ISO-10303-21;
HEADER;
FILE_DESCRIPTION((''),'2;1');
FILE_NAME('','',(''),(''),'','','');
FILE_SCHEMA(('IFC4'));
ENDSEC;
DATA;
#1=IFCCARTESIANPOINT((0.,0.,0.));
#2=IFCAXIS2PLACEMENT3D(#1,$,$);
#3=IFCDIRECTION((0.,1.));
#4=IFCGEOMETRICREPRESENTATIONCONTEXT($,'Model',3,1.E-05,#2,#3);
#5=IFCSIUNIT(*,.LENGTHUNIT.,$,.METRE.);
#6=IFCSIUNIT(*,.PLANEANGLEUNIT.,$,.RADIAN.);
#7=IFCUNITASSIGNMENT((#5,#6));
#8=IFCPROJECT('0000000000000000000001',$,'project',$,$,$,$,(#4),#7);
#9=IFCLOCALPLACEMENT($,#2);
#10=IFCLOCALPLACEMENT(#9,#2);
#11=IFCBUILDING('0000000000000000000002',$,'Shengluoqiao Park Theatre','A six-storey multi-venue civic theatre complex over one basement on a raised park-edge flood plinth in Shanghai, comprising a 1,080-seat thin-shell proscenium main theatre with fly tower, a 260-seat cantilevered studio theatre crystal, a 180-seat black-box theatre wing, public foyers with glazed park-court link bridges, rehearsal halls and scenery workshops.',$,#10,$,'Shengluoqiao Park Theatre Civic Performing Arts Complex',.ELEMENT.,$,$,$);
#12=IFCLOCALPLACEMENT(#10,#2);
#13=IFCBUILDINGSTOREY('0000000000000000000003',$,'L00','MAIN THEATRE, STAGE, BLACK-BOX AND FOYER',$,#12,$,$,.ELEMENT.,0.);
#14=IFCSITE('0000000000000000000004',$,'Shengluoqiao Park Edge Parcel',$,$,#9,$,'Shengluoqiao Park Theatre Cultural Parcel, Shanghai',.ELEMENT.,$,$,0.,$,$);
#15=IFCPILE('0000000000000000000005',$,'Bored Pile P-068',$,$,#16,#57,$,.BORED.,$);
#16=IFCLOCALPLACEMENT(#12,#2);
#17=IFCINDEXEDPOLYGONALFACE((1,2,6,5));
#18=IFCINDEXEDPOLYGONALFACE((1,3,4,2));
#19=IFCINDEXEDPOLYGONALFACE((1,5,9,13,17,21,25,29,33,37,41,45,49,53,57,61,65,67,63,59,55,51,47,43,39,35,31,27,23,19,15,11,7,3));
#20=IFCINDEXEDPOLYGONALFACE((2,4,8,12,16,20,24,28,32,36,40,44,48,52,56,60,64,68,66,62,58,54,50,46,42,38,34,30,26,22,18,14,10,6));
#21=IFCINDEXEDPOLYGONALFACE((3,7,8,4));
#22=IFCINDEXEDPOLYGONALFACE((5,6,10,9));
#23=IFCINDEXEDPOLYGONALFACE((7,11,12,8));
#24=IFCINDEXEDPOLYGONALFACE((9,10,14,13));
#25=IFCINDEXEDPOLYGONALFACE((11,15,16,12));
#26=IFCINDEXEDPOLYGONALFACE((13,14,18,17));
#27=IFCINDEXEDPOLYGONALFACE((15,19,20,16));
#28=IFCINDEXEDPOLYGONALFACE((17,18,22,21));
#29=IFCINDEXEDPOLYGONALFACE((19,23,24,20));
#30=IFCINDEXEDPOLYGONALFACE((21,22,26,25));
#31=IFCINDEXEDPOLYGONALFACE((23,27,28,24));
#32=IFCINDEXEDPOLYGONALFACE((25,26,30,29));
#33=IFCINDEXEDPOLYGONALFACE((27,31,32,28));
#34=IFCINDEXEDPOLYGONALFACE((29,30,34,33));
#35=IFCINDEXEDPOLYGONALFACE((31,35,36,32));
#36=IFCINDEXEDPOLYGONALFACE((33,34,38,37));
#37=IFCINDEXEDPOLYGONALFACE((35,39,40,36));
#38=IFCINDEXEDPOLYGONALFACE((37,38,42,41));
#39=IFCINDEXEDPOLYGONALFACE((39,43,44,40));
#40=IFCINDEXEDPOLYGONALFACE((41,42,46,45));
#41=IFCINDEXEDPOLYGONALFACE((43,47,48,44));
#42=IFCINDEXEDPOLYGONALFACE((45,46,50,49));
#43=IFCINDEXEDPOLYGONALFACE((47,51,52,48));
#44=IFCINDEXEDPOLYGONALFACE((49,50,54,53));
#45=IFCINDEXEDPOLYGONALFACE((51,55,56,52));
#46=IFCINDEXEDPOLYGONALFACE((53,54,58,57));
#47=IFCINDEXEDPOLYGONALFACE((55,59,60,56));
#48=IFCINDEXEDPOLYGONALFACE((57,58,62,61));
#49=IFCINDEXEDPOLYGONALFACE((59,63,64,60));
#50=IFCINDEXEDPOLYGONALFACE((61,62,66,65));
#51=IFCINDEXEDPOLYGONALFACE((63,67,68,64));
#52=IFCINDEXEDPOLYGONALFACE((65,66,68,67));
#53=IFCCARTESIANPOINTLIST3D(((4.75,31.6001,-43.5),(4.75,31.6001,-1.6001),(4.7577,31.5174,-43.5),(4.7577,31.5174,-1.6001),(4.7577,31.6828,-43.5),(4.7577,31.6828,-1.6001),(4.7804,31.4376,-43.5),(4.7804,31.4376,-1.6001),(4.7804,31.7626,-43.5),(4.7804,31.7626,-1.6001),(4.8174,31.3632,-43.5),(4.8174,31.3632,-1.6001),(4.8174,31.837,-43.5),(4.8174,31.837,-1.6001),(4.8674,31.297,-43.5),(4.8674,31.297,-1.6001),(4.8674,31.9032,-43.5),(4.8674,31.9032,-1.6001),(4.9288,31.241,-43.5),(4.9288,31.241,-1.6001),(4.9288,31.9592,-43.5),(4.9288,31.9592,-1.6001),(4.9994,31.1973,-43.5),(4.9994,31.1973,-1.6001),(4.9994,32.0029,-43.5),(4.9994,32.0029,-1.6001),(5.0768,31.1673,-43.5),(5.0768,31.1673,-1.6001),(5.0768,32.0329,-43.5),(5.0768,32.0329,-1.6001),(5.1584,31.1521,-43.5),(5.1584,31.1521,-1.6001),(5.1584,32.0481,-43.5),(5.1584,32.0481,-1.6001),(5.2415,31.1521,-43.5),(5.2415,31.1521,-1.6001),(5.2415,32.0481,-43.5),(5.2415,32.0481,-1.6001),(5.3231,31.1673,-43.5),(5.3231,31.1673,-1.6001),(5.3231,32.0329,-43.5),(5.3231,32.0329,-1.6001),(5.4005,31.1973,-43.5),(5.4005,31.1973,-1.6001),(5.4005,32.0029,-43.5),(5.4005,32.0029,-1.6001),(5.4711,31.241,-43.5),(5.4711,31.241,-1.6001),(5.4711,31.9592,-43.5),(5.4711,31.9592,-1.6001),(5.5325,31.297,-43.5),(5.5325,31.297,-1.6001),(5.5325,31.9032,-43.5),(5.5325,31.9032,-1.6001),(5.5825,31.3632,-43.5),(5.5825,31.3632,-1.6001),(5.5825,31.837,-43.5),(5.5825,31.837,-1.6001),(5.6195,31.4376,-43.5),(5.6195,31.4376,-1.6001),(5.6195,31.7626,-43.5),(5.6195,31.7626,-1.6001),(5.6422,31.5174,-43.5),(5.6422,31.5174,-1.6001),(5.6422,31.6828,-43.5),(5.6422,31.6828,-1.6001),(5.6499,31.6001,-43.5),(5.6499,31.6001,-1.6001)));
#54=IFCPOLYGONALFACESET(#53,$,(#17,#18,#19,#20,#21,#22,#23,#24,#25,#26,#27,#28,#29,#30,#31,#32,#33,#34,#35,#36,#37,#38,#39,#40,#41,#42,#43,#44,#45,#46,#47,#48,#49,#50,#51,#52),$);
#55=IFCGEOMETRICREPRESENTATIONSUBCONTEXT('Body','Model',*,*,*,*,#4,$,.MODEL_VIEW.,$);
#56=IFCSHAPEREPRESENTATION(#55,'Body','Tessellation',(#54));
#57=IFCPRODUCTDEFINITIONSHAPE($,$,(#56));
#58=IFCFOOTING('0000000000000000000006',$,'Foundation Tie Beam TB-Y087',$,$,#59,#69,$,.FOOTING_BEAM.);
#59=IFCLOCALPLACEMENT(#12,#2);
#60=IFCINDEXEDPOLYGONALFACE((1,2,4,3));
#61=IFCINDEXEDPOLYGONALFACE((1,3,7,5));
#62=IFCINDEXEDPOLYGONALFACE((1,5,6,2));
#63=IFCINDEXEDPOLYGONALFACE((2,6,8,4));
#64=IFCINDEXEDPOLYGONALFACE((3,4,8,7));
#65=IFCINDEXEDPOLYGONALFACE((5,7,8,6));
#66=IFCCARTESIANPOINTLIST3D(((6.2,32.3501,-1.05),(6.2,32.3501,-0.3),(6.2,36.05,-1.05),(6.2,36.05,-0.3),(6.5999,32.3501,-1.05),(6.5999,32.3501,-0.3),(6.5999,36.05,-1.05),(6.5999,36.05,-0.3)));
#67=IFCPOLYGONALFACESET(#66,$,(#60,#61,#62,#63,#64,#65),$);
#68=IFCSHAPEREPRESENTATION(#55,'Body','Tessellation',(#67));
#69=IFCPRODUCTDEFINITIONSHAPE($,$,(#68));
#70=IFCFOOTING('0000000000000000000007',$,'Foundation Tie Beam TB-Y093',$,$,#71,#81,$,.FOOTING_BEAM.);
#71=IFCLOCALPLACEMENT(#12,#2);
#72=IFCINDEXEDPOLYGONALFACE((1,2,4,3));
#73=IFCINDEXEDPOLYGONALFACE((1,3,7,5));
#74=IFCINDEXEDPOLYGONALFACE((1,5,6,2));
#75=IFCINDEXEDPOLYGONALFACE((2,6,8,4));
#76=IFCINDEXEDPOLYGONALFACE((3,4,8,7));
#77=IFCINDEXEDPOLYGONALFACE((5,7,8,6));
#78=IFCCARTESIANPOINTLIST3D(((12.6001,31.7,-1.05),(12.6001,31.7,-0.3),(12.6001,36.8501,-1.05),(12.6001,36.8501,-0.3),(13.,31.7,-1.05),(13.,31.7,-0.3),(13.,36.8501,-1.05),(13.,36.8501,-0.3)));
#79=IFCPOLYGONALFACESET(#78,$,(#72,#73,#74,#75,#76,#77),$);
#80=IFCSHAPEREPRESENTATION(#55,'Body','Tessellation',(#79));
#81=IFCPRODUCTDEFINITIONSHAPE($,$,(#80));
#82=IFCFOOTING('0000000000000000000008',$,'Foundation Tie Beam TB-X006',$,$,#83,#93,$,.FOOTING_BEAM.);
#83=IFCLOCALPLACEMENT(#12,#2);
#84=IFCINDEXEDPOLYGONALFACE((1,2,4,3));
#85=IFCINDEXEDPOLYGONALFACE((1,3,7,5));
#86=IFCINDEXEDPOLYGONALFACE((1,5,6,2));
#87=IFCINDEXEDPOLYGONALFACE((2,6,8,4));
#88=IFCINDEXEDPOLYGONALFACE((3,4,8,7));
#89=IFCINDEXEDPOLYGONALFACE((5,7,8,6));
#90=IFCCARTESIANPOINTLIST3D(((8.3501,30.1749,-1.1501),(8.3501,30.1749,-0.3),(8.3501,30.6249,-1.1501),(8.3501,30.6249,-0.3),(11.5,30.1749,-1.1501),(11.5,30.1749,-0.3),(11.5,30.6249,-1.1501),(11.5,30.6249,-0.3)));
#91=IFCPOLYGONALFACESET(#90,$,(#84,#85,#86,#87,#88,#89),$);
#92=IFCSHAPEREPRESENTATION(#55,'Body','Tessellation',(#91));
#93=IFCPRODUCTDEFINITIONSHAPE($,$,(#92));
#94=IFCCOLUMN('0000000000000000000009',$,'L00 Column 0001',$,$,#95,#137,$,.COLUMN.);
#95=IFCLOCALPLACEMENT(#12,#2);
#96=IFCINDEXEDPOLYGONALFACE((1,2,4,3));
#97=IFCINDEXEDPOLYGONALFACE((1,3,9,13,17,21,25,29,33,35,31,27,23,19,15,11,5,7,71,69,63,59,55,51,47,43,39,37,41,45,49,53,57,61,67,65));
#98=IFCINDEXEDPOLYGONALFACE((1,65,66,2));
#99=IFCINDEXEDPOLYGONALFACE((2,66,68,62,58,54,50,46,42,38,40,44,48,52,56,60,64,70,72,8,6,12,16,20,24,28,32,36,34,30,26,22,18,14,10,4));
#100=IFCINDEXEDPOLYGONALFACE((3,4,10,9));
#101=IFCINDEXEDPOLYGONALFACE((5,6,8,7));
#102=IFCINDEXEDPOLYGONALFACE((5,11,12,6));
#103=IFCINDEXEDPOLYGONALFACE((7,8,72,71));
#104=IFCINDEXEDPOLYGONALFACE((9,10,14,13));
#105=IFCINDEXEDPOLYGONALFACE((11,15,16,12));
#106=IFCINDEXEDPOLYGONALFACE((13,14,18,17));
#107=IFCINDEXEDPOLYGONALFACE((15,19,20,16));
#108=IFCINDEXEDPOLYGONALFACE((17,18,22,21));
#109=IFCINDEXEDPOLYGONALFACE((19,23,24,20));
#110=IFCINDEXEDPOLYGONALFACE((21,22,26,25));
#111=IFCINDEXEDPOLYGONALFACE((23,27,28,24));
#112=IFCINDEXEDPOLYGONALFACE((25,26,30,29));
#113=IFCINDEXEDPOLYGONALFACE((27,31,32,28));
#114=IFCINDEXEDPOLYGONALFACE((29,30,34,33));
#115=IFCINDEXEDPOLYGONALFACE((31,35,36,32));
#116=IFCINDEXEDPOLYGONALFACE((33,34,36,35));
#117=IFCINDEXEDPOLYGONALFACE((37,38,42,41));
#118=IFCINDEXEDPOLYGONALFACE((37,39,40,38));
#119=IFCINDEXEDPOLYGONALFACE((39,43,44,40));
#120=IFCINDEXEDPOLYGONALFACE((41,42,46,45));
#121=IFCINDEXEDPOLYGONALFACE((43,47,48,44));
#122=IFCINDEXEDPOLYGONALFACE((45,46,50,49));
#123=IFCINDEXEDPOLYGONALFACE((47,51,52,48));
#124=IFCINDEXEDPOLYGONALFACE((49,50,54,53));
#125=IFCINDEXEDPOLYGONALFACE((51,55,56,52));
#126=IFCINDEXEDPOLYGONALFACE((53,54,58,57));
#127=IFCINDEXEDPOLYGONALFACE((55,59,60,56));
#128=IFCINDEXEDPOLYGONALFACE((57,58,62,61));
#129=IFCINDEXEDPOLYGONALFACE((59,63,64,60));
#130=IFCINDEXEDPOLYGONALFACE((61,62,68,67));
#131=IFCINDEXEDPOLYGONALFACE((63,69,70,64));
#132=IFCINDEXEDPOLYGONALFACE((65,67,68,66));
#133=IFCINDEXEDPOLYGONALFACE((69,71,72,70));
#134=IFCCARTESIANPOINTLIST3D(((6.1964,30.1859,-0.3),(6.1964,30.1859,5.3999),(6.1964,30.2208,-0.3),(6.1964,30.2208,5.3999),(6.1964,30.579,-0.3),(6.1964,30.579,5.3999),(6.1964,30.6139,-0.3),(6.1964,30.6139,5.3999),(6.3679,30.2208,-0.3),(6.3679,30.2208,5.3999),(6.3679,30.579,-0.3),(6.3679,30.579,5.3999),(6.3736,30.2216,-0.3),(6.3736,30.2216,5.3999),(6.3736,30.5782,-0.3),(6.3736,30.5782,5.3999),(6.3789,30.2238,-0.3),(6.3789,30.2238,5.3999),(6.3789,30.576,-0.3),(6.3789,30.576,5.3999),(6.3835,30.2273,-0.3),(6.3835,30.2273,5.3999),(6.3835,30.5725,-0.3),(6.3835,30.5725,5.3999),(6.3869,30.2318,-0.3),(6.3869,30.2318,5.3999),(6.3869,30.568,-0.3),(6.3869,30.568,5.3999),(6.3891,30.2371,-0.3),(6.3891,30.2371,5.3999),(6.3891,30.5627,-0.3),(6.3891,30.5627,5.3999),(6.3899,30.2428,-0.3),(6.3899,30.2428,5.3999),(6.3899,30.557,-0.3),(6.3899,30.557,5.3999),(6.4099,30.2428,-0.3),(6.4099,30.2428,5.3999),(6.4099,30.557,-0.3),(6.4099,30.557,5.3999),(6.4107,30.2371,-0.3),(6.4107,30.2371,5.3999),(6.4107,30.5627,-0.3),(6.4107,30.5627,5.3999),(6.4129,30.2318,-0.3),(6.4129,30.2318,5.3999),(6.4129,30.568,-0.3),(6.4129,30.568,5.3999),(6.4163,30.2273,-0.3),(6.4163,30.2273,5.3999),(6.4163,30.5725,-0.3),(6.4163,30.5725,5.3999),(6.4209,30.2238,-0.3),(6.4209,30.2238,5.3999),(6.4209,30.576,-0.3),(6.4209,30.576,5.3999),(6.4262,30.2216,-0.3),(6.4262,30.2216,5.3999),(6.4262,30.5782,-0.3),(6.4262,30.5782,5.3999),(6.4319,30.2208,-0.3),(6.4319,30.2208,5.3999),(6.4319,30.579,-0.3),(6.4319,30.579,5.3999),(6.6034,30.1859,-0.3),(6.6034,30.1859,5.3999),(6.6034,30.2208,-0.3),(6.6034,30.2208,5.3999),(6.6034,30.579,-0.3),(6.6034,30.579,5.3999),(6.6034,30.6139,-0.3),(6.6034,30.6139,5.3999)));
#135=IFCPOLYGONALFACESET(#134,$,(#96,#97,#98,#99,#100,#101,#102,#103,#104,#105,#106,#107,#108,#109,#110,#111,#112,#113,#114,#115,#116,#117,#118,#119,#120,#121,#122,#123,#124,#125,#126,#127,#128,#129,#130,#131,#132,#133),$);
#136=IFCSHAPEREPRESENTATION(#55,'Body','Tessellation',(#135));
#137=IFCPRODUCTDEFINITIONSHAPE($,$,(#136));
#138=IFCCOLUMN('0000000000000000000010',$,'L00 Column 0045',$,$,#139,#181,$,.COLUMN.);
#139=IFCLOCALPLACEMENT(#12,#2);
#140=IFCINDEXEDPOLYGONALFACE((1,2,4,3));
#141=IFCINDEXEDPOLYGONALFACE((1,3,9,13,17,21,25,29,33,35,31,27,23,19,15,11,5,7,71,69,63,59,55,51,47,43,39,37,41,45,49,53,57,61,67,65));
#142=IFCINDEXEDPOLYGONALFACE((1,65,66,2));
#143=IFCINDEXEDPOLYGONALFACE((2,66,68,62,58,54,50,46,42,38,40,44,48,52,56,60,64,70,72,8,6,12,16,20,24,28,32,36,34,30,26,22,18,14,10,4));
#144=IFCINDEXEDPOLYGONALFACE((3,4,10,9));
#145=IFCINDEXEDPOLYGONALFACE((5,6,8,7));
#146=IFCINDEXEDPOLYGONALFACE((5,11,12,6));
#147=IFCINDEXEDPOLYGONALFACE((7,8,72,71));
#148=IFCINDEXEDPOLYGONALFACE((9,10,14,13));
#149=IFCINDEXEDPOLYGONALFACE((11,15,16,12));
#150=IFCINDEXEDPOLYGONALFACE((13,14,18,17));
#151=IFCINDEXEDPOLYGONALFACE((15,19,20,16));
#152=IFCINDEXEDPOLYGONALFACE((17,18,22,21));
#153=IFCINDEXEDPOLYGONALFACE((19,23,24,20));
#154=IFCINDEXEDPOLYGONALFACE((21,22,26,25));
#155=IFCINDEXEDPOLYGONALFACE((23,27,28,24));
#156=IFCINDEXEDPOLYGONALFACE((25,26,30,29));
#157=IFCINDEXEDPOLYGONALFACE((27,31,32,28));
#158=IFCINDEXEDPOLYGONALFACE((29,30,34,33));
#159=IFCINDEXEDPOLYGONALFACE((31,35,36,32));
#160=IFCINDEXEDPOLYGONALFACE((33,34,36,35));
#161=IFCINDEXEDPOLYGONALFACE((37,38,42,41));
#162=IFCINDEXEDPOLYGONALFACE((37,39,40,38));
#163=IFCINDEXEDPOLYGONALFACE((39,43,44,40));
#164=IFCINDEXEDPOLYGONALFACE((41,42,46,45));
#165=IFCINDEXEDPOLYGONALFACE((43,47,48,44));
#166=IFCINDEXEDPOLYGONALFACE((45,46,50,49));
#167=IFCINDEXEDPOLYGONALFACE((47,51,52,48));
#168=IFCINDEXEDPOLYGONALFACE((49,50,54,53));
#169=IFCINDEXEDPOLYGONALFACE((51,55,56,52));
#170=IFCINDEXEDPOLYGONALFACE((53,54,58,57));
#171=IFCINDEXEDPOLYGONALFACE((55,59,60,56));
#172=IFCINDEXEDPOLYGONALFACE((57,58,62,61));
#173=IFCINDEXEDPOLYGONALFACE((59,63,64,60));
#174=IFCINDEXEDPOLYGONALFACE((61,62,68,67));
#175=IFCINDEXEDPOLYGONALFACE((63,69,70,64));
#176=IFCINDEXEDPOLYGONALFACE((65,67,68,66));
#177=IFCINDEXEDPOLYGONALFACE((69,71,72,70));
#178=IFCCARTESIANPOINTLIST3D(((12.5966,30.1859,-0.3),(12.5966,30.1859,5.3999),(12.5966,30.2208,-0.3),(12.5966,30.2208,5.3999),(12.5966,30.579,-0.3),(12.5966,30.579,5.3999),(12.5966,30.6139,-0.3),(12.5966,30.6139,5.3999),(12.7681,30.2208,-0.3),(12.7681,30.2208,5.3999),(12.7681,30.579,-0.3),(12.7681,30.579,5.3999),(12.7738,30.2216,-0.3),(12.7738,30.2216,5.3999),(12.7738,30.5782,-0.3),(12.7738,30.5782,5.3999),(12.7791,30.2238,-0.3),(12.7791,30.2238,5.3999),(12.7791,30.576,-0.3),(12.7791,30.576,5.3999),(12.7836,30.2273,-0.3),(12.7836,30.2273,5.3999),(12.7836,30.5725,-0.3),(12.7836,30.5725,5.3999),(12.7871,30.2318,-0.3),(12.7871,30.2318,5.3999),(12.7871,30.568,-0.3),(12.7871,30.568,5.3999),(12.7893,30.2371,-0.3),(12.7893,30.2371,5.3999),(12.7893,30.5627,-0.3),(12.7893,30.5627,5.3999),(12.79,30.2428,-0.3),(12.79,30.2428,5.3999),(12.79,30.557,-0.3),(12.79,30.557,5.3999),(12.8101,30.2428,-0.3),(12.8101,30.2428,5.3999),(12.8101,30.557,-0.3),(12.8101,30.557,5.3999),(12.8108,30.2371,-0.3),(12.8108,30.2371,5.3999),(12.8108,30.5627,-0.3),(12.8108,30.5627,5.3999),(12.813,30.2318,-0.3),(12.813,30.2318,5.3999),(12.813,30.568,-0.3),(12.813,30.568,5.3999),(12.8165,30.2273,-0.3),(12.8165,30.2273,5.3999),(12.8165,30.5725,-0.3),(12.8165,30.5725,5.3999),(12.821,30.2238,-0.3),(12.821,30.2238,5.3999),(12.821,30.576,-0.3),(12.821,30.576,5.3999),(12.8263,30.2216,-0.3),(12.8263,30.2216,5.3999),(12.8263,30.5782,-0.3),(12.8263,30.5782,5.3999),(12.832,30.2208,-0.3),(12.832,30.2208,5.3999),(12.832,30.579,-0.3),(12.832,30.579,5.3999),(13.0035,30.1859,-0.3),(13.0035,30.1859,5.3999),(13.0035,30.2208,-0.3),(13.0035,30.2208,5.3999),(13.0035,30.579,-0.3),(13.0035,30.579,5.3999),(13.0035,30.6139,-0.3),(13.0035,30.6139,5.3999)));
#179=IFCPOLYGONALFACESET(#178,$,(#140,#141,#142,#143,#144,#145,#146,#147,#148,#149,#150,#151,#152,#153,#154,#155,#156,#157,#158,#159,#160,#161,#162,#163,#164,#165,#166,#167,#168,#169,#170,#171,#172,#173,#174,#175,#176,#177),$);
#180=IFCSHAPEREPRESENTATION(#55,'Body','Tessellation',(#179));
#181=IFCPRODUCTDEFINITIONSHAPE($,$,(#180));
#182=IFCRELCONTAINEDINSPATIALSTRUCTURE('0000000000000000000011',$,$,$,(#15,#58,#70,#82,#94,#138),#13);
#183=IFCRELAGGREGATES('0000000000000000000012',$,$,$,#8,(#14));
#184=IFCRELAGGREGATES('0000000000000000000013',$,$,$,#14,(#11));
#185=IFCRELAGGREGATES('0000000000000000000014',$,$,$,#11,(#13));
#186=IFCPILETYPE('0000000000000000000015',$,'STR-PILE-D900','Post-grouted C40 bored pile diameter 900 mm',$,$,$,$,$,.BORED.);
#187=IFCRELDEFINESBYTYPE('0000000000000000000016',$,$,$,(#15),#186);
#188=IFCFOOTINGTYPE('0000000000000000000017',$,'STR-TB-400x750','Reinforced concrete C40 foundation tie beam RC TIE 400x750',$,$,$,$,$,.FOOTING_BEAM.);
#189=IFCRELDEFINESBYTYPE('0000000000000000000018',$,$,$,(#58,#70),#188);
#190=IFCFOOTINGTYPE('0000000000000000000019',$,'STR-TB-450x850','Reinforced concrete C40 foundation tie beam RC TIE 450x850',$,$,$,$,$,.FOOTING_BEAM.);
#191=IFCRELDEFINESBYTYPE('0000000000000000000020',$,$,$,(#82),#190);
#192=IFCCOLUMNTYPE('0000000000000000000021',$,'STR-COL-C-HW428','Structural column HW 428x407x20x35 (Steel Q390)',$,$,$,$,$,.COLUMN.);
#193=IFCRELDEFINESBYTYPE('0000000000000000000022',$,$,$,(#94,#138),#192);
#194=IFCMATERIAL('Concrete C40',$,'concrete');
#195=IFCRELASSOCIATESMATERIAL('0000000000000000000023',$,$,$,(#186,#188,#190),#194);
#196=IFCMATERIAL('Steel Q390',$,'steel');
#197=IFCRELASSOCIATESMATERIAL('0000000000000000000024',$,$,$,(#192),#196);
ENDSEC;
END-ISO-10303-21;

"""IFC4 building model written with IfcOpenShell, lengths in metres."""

from ifc_helpers import new_model, si_unit, direction, frame, origin, origin_2d, place, context, subcontext, project, spatial, rectangle, circle, i_section, extrude, material, material_profile, profile_set, type_object, element, save


model = new_model("IFC4")

# Units and contexts
model_context = context("Model", 3, precision=1e-05, world=origin(), true_north=direction((0.0, 1.0)))
body_context = subcontext(model_context, "Body", "Model", "MODEL_VIEW")
ifc_project = project(units=[si_unit("LENGTHUNIT", "METRE"), si_unit("PLANEANGLEUNIT", "RADIAN")], contexts=[model_context])

# Site, building, storey
site_placement = place(None, origin())
site = spatial("IfcSite", under=ifc_project, at=site_placement, Name="Shengluoqiao Park Edge Parcel", LongName="Shengluoqiao Park Theatre Cultural Parcel, Shanghai", CompositionType="ELEMENT", RefElevation=0.0)
building_placement = place(site_placement, origin())
building = spatial("IfcBuilding", under=site, at=building_placement, Name="Shengluoqiao Park Theatre", Description="A six-storey multi-venue civic theatre complex over one basement on a raised park-edge flood plinth in Shanghai, comprising a 1,080-seat thin-shell proscenium main theatre with fly tower, a 260-seat cantilevered studio theatre crystal, a 180-seat black-box theatre wing, public foyers with glazed park-court link bridges, rehearsal halls and scenery workshops.", LongName="Shengluoqiao Park Theatre Civic Performing Arts Complex", CompositionType="ELEMENT")
storey_placement = place(building_placement, origin())
storey = spatial("IfcBuildingStorey", under=building, at=storey_placement, Name="L00", Description="MAIN THEATRE, STAGE, BLACK-BOX AND FOYER", CompositionType="ELEMENT", Elevation=0.0)

# Shared definitions
ifc_material_1 = material(Name="Concrete C40", Category="concrete")

# Pile
ifc_material_profile_1 = material_profile(ifc_material_1, circle(Radius=0.45, at=origin_2d()), Name="BORED PILE D900")
ifc_profile_set_1 = profile_set([ifc_material_profile_1], Name="Concrete C40")
pile_type = type_object("IfcPileType", Name="STR-PILE-D900", Description="Post-grouted C40 bored pile diameter 900 mm", PredefinedType="BORED", material=ifc_profile_set_1)
for number, where, z_axis, x_axis, name in (
    (1, (5.2, 31.6001, -1.6001), (0.0, 0.0, -1.0), (1.0, 0.0, 0.0), "Bored Pile P-068"),
):
    element("IfcPile", number, at=place(storey_placement, frame(where, z_axis=z_axis, x_axis=x_axis)), inside=storey, type_object=pile_type, Name=name, PredefinedType="BORED", context=body_context, shape_type="SweptSolid", body=[
        extrude(circle(Radius=0.45, at=origin_2d()), origin(), (0.0, 0.0, 1.0), 41.8999),
    ])

# Footings
ifc_material_profile_2 = material_profile(ifc_material_1, rectangle(XDim=0.3999, YDim=0.75, at=origin_2d()), Name="RC TIE 400x750")
ifc_profile_set_2 = profile_set([ifc_material_profile_2], Name="Concrete C40")
footing_type_1 = type_object("IfcFootingType", Name="STR-TB-400x750", Description="Reinforced concrete C40 foundation tie beam RC TIE 400x750", PredefinedType="FOOTING_BEAM", material=ifc_profile_set_2)
footing_1_placement = place(storey_placement, frame((6.3999, 32.3501, -0.675), z_axis=(0.0, 1.0, 0.0), x_axis=(-1.0, 0.0, 0.0)))
element("IfcFooting", 2, at=footing_1_placement, inside=storey, type_object=footing_type_1, Name="Foundation Tie Beam TB-Y087", PredefinedType="FOOTING_BEAM", context=body_context, shape_type="SweptSolid", body=[
    extrude(rectangle(XDim=0.3999, YDim=0.75, at=origin_2d()), origin(), (0.0, 0.0, 1.0), 3.7),
])
footing_2_placement = place(storey_placement, frame((12.8, 31.7, -0.675), z_axis=(0.0, 1.0, 0.0), x_axis=(-1.0, 0.0, 0.0)))
element("IfcFooting", 3, at=footing_2_placement, inside=storey, type_object=footing_type_1, Name="Foundation Tie Beam TB-Y093", PredefinedType="FOOTING_BEAM", context=body_context, shape_type="SweptSolid", body=[
    extrude(rectangle(XDim=0.3999, YDim=0.75, at=origin_2d()), origin(), (0.0, 0.0, 1.0), 5.1501),
])
ifc_material_profile_3 = material_profile(ifc_material_1, rectangle(XDim=0.45, YDim=0.8501, at=origin_2d()), Name="RC TIE 450x850")
ifc_profile_set_3 = profile_set([ifc_material_profile_3], Name="Concrete C40")
footing_type_2 = type_object("IfcFootingType", Name="STR-TB-450x850", Description="Reinforced concrete C40 foundation tie beam RC TIE 450x850", PredefinedType="FOOTING_BEAM", material=ifc_profile_set_3)
footing_3_placement = place(storey_placement, frame((8.3501, 30.3999, -0.7251), z_axis=(1.0, 0.0, 0.0), x_axis=(0.0, 1.0, 0.0)))
element("IfcFooting", 4, at=footing_3_placement, inside=storey, type_object=footing_type_2, Name="Foundation Tie Beam TB-X006", PredefinedType="FOOTING_BEAM", context=body_context, shape_type="SweptSolid", body=[
    extrude(rectangle(XDim=0.45, YDim=0.8501, at=origin_2d()), origin(), (0.0, 0.0, 1.0), 3.1499),
])

# Columns
ifc_material_2 = material(Name="Steel Q390", Category="steel")
ifc_material_profile_4 = material_profile(ifc_material_2, i_section(OverallWidth=0.407, OverallDepth=0.428, WebThickness=0.02, FlangeThickness=0.0349, FilletRadius=0.022, at=origin_2d()), Name="HW 428x407x20x35")
ifc_profile_set_4 = profile_set([ifc_material_profile_4], Name="Steel Q390")
column_type = type_object("IfcColumnType", Name="STR-COL-C-HW428", Description="Structural column HW 428x407x20x35 (Steel Q390)", PredefinedType="COLUMN", material=ifc_profile_set_4)
for number, where, z_axis, x_axis, name in (
    (5, (6.3999, 30.3999, -0.3), (0.0, 0.0, 1.0), (1.0, 0.0, 0.0), "L00 Column 0001"),
    (6, (12.8, 30.3999, -0.3), (0.0, 0.0, 1.0), (1.0, 0.0, 0.0), "L00 Column 0045"),
):
    element("IfcColumn", number, at=place(storey_placement, frame(where, z_axis=z_axis, x_axis=x_axis)), inside=storey, type_object=column_type, Name=name, PredefinedType="COLUMN", context=body_context, shape_type="SweptSolid", body=[
        extrude(i_section(OverallWidth=0.407, OverallDepth=0.428, WebThickness=0.02, FlangeThickness=0.0349, FilletRadius=0.022, at=origin_2d()), origin(), (0.0, 0.0, 1.0), 5.7),
    ])

save(model, "model.ifc")
